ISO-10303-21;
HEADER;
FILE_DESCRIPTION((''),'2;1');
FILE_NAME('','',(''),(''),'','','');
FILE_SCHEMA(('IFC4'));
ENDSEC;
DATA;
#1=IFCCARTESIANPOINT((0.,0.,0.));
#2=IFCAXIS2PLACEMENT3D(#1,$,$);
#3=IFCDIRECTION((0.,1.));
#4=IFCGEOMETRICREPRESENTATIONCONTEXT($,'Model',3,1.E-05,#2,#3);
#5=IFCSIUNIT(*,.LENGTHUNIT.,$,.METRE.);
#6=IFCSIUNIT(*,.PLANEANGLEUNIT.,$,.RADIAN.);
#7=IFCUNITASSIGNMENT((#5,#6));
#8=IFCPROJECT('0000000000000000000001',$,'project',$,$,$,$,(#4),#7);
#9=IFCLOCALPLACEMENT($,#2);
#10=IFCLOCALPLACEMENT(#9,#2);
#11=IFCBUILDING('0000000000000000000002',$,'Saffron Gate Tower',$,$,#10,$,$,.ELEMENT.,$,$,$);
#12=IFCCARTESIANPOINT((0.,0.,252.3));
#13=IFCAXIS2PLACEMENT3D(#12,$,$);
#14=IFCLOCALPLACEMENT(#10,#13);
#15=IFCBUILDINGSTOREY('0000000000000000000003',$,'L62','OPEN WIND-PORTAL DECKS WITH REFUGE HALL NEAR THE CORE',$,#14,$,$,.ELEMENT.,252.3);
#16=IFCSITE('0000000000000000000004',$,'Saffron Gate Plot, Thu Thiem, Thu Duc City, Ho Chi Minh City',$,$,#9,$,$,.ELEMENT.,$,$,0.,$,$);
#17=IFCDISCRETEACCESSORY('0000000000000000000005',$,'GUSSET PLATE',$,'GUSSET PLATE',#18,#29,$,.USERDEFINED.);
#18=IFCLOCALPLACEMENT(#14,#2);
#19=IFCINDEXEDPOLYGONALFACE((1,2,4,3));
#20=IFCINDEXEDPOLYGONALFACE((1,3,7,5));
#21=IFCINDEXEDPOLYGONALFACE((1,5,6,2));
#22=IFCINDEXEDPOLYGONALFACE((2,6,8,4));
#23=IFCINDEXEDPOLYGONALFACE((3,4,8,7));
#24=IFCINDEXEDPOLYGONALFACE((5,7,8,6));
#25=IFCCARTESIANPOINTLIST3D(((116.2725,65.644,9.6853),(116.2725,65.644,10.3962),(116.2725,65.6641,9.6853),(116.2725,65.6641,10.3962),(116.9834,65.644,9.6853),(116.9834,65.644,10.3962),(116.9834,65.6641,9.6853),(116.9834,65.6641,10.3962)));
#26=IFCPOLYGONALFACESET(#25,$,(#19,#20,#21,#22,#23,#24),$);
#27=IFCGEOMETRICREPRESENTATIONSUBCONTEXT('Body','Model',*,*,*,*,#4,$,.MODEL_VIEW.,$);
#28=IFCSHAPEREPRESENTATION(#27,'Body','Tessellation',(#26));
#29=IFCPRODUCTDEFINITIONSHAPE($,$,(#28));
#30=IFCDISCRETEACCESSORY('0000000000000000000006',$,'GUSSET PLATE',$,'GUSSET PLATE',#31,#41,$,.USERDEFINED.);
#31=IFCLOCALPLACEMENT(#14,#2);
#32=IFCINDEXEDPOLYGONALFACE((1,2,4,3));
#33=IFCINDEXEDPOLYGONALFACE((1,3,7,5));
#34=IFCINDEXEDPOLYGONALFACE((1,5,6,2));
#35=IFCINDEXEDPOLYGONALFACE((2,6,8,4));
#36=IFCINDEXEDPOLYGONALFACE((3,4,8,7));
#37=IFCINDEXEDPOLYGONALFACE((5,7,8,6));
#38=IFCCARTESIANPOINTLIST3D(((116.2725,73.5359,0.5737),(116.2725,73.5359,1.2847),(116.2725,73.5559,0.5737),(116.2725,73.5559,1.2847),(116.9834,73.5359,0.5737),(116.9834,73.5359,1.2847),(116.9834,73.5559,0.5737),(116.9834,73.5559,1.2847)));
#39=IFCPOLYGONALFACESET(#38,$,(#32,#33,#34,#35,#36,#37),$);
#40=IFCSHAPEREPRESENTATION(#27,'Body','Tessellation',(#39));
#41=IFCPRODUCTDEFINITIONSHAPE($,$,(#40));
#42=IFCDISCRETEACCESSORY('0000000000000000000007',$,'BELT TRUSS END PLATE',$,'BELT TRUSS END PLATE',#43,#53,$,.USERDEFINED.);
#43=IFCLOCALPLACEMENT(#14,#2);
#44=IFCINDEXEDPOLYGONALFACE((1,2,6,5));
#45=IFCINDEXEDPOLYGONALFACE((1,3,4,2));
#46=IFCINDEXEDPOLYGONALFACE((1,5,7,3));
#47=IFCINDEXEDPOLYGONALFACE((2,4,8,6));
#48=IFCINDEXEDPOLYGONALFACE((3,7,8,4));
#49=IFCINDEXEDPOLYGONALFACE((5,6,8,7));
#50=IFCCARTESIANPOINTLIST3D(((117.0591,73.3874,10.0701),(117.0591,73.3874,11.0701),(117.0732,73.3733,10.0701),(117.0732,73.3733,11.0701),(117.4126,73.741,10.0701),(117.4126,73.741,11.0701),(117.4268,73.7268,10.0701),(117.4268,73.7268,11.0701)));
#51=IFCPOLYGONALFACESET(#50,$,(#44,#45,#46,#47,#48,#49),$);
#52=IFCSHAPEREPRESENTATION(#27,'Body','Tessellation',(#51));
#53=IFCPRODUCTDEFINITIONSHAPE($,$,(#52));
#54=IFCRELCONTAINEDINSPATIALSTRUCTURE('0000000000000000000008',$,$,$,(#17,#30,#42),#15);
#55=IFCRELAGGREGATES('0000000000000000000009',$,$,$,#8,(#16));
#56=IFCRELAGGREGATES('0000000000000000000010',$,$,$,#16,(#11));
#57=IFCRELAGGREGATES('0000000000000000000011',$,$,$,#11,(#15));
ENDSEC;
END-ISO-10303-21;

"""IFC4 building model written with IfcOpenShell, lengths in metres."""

from ifc_helpers import new_model, si_unit, direction, frame, origin, origin_2d, place, context, subcontext, project, spatial, rectangle, extrude, element, save


model = new_model("IFC4")

# Units and contexts
model_context = context("Model", 3, precision=1e-05, world=origin(), true_north=direction((0.0, 1.0)))
body_context = subcontext(model_context, "Body", "Model", "MODEL_VIEW")
ifc_project = project(units=[si_unit("LENGTHUNIT", "METRE"), si_unit("PLANEANGLEUNIT", "RADIAN")], contexts=[model_context])

# Site, building, storey
site_placement = place(None, origin())
site = spatial("IfcSite", under=ifc_project, at=site_placement, Name="Saffron Gate Plot, Thu Thiem, Thu Duc City, Ho Chi Minh City", CompositionType="ELEMENT", RefElevation=0.0)
building_placement = place(site_placement, origin())
building = spatial("IfcBuilding", under=site, at=building_placement, Name="Saffron Gate Tower", CompositionType="ELEMENT")
storey_placement = place(building_placement, frame((0.0, 0.0, 252.3)))
storey = spatial("IfcBuildingStorey", under=building, at=storey_placement, Name="L62", Description="OPEN WIND-PORTAL DECKS WITH REFUGE HALL NEAR THE CORE", CompositionType="ELEMENT", Elevation=252.3)

# Discrete accessories
for number, where, z_axis, x_axis, name in (
    (1, (116.6279, 65.6541, 9.6853), (0.0, 0.0, 1.0), (1.0, 0.0, 0.0), "GUSSET PLATE"),
    (2, (116.6279, 73.5459, 0.5737), (0.0, 0.0, 1.0), (-1.0, 0.0, 0.0), "GUSSET PLATE"),
):
    element("IfcDiscreteAccessory", number, at=place(storey_placement, frame(where, z_axis=z_axis, x_axis=x_axis)), inside=storey, Name=name, ObjectType="GUSSET PLATE", PredefinedType="USERDEFINED", context=body_context, shape_type="SweptSolid", body=[
        extrude(rectangle(XDim=0.7109, YDim=0.02, at=origin_2d()), origin(), (0.0, 0.0, 1.0), 0.7109),
    ])
discrete_accessory_placement = place(storey_placement, frame((117.2429, 73.5571, 10.0701), z_axis=(0.0, 0.0, 1.0), x_axis=(-0.707107, 0.707107, 0.0)))
element("IfcDiscreteAccessory", 3, at=discrete_accessory_placement, inside=storey, Name="BELT TRUSS END PLATE", ObjectType="BELT TRUSS END PLATE", PredefinedType="USERDEFINED", context=body_context, shape_type="SweptSolid", body=[
    extrude(rectangle(XDim=0.02, YDim=0.5, at=origin_2d()), origin(), (0.0, 0.0, 1.0), 1.0),
])

save(model, "model.ifc")
